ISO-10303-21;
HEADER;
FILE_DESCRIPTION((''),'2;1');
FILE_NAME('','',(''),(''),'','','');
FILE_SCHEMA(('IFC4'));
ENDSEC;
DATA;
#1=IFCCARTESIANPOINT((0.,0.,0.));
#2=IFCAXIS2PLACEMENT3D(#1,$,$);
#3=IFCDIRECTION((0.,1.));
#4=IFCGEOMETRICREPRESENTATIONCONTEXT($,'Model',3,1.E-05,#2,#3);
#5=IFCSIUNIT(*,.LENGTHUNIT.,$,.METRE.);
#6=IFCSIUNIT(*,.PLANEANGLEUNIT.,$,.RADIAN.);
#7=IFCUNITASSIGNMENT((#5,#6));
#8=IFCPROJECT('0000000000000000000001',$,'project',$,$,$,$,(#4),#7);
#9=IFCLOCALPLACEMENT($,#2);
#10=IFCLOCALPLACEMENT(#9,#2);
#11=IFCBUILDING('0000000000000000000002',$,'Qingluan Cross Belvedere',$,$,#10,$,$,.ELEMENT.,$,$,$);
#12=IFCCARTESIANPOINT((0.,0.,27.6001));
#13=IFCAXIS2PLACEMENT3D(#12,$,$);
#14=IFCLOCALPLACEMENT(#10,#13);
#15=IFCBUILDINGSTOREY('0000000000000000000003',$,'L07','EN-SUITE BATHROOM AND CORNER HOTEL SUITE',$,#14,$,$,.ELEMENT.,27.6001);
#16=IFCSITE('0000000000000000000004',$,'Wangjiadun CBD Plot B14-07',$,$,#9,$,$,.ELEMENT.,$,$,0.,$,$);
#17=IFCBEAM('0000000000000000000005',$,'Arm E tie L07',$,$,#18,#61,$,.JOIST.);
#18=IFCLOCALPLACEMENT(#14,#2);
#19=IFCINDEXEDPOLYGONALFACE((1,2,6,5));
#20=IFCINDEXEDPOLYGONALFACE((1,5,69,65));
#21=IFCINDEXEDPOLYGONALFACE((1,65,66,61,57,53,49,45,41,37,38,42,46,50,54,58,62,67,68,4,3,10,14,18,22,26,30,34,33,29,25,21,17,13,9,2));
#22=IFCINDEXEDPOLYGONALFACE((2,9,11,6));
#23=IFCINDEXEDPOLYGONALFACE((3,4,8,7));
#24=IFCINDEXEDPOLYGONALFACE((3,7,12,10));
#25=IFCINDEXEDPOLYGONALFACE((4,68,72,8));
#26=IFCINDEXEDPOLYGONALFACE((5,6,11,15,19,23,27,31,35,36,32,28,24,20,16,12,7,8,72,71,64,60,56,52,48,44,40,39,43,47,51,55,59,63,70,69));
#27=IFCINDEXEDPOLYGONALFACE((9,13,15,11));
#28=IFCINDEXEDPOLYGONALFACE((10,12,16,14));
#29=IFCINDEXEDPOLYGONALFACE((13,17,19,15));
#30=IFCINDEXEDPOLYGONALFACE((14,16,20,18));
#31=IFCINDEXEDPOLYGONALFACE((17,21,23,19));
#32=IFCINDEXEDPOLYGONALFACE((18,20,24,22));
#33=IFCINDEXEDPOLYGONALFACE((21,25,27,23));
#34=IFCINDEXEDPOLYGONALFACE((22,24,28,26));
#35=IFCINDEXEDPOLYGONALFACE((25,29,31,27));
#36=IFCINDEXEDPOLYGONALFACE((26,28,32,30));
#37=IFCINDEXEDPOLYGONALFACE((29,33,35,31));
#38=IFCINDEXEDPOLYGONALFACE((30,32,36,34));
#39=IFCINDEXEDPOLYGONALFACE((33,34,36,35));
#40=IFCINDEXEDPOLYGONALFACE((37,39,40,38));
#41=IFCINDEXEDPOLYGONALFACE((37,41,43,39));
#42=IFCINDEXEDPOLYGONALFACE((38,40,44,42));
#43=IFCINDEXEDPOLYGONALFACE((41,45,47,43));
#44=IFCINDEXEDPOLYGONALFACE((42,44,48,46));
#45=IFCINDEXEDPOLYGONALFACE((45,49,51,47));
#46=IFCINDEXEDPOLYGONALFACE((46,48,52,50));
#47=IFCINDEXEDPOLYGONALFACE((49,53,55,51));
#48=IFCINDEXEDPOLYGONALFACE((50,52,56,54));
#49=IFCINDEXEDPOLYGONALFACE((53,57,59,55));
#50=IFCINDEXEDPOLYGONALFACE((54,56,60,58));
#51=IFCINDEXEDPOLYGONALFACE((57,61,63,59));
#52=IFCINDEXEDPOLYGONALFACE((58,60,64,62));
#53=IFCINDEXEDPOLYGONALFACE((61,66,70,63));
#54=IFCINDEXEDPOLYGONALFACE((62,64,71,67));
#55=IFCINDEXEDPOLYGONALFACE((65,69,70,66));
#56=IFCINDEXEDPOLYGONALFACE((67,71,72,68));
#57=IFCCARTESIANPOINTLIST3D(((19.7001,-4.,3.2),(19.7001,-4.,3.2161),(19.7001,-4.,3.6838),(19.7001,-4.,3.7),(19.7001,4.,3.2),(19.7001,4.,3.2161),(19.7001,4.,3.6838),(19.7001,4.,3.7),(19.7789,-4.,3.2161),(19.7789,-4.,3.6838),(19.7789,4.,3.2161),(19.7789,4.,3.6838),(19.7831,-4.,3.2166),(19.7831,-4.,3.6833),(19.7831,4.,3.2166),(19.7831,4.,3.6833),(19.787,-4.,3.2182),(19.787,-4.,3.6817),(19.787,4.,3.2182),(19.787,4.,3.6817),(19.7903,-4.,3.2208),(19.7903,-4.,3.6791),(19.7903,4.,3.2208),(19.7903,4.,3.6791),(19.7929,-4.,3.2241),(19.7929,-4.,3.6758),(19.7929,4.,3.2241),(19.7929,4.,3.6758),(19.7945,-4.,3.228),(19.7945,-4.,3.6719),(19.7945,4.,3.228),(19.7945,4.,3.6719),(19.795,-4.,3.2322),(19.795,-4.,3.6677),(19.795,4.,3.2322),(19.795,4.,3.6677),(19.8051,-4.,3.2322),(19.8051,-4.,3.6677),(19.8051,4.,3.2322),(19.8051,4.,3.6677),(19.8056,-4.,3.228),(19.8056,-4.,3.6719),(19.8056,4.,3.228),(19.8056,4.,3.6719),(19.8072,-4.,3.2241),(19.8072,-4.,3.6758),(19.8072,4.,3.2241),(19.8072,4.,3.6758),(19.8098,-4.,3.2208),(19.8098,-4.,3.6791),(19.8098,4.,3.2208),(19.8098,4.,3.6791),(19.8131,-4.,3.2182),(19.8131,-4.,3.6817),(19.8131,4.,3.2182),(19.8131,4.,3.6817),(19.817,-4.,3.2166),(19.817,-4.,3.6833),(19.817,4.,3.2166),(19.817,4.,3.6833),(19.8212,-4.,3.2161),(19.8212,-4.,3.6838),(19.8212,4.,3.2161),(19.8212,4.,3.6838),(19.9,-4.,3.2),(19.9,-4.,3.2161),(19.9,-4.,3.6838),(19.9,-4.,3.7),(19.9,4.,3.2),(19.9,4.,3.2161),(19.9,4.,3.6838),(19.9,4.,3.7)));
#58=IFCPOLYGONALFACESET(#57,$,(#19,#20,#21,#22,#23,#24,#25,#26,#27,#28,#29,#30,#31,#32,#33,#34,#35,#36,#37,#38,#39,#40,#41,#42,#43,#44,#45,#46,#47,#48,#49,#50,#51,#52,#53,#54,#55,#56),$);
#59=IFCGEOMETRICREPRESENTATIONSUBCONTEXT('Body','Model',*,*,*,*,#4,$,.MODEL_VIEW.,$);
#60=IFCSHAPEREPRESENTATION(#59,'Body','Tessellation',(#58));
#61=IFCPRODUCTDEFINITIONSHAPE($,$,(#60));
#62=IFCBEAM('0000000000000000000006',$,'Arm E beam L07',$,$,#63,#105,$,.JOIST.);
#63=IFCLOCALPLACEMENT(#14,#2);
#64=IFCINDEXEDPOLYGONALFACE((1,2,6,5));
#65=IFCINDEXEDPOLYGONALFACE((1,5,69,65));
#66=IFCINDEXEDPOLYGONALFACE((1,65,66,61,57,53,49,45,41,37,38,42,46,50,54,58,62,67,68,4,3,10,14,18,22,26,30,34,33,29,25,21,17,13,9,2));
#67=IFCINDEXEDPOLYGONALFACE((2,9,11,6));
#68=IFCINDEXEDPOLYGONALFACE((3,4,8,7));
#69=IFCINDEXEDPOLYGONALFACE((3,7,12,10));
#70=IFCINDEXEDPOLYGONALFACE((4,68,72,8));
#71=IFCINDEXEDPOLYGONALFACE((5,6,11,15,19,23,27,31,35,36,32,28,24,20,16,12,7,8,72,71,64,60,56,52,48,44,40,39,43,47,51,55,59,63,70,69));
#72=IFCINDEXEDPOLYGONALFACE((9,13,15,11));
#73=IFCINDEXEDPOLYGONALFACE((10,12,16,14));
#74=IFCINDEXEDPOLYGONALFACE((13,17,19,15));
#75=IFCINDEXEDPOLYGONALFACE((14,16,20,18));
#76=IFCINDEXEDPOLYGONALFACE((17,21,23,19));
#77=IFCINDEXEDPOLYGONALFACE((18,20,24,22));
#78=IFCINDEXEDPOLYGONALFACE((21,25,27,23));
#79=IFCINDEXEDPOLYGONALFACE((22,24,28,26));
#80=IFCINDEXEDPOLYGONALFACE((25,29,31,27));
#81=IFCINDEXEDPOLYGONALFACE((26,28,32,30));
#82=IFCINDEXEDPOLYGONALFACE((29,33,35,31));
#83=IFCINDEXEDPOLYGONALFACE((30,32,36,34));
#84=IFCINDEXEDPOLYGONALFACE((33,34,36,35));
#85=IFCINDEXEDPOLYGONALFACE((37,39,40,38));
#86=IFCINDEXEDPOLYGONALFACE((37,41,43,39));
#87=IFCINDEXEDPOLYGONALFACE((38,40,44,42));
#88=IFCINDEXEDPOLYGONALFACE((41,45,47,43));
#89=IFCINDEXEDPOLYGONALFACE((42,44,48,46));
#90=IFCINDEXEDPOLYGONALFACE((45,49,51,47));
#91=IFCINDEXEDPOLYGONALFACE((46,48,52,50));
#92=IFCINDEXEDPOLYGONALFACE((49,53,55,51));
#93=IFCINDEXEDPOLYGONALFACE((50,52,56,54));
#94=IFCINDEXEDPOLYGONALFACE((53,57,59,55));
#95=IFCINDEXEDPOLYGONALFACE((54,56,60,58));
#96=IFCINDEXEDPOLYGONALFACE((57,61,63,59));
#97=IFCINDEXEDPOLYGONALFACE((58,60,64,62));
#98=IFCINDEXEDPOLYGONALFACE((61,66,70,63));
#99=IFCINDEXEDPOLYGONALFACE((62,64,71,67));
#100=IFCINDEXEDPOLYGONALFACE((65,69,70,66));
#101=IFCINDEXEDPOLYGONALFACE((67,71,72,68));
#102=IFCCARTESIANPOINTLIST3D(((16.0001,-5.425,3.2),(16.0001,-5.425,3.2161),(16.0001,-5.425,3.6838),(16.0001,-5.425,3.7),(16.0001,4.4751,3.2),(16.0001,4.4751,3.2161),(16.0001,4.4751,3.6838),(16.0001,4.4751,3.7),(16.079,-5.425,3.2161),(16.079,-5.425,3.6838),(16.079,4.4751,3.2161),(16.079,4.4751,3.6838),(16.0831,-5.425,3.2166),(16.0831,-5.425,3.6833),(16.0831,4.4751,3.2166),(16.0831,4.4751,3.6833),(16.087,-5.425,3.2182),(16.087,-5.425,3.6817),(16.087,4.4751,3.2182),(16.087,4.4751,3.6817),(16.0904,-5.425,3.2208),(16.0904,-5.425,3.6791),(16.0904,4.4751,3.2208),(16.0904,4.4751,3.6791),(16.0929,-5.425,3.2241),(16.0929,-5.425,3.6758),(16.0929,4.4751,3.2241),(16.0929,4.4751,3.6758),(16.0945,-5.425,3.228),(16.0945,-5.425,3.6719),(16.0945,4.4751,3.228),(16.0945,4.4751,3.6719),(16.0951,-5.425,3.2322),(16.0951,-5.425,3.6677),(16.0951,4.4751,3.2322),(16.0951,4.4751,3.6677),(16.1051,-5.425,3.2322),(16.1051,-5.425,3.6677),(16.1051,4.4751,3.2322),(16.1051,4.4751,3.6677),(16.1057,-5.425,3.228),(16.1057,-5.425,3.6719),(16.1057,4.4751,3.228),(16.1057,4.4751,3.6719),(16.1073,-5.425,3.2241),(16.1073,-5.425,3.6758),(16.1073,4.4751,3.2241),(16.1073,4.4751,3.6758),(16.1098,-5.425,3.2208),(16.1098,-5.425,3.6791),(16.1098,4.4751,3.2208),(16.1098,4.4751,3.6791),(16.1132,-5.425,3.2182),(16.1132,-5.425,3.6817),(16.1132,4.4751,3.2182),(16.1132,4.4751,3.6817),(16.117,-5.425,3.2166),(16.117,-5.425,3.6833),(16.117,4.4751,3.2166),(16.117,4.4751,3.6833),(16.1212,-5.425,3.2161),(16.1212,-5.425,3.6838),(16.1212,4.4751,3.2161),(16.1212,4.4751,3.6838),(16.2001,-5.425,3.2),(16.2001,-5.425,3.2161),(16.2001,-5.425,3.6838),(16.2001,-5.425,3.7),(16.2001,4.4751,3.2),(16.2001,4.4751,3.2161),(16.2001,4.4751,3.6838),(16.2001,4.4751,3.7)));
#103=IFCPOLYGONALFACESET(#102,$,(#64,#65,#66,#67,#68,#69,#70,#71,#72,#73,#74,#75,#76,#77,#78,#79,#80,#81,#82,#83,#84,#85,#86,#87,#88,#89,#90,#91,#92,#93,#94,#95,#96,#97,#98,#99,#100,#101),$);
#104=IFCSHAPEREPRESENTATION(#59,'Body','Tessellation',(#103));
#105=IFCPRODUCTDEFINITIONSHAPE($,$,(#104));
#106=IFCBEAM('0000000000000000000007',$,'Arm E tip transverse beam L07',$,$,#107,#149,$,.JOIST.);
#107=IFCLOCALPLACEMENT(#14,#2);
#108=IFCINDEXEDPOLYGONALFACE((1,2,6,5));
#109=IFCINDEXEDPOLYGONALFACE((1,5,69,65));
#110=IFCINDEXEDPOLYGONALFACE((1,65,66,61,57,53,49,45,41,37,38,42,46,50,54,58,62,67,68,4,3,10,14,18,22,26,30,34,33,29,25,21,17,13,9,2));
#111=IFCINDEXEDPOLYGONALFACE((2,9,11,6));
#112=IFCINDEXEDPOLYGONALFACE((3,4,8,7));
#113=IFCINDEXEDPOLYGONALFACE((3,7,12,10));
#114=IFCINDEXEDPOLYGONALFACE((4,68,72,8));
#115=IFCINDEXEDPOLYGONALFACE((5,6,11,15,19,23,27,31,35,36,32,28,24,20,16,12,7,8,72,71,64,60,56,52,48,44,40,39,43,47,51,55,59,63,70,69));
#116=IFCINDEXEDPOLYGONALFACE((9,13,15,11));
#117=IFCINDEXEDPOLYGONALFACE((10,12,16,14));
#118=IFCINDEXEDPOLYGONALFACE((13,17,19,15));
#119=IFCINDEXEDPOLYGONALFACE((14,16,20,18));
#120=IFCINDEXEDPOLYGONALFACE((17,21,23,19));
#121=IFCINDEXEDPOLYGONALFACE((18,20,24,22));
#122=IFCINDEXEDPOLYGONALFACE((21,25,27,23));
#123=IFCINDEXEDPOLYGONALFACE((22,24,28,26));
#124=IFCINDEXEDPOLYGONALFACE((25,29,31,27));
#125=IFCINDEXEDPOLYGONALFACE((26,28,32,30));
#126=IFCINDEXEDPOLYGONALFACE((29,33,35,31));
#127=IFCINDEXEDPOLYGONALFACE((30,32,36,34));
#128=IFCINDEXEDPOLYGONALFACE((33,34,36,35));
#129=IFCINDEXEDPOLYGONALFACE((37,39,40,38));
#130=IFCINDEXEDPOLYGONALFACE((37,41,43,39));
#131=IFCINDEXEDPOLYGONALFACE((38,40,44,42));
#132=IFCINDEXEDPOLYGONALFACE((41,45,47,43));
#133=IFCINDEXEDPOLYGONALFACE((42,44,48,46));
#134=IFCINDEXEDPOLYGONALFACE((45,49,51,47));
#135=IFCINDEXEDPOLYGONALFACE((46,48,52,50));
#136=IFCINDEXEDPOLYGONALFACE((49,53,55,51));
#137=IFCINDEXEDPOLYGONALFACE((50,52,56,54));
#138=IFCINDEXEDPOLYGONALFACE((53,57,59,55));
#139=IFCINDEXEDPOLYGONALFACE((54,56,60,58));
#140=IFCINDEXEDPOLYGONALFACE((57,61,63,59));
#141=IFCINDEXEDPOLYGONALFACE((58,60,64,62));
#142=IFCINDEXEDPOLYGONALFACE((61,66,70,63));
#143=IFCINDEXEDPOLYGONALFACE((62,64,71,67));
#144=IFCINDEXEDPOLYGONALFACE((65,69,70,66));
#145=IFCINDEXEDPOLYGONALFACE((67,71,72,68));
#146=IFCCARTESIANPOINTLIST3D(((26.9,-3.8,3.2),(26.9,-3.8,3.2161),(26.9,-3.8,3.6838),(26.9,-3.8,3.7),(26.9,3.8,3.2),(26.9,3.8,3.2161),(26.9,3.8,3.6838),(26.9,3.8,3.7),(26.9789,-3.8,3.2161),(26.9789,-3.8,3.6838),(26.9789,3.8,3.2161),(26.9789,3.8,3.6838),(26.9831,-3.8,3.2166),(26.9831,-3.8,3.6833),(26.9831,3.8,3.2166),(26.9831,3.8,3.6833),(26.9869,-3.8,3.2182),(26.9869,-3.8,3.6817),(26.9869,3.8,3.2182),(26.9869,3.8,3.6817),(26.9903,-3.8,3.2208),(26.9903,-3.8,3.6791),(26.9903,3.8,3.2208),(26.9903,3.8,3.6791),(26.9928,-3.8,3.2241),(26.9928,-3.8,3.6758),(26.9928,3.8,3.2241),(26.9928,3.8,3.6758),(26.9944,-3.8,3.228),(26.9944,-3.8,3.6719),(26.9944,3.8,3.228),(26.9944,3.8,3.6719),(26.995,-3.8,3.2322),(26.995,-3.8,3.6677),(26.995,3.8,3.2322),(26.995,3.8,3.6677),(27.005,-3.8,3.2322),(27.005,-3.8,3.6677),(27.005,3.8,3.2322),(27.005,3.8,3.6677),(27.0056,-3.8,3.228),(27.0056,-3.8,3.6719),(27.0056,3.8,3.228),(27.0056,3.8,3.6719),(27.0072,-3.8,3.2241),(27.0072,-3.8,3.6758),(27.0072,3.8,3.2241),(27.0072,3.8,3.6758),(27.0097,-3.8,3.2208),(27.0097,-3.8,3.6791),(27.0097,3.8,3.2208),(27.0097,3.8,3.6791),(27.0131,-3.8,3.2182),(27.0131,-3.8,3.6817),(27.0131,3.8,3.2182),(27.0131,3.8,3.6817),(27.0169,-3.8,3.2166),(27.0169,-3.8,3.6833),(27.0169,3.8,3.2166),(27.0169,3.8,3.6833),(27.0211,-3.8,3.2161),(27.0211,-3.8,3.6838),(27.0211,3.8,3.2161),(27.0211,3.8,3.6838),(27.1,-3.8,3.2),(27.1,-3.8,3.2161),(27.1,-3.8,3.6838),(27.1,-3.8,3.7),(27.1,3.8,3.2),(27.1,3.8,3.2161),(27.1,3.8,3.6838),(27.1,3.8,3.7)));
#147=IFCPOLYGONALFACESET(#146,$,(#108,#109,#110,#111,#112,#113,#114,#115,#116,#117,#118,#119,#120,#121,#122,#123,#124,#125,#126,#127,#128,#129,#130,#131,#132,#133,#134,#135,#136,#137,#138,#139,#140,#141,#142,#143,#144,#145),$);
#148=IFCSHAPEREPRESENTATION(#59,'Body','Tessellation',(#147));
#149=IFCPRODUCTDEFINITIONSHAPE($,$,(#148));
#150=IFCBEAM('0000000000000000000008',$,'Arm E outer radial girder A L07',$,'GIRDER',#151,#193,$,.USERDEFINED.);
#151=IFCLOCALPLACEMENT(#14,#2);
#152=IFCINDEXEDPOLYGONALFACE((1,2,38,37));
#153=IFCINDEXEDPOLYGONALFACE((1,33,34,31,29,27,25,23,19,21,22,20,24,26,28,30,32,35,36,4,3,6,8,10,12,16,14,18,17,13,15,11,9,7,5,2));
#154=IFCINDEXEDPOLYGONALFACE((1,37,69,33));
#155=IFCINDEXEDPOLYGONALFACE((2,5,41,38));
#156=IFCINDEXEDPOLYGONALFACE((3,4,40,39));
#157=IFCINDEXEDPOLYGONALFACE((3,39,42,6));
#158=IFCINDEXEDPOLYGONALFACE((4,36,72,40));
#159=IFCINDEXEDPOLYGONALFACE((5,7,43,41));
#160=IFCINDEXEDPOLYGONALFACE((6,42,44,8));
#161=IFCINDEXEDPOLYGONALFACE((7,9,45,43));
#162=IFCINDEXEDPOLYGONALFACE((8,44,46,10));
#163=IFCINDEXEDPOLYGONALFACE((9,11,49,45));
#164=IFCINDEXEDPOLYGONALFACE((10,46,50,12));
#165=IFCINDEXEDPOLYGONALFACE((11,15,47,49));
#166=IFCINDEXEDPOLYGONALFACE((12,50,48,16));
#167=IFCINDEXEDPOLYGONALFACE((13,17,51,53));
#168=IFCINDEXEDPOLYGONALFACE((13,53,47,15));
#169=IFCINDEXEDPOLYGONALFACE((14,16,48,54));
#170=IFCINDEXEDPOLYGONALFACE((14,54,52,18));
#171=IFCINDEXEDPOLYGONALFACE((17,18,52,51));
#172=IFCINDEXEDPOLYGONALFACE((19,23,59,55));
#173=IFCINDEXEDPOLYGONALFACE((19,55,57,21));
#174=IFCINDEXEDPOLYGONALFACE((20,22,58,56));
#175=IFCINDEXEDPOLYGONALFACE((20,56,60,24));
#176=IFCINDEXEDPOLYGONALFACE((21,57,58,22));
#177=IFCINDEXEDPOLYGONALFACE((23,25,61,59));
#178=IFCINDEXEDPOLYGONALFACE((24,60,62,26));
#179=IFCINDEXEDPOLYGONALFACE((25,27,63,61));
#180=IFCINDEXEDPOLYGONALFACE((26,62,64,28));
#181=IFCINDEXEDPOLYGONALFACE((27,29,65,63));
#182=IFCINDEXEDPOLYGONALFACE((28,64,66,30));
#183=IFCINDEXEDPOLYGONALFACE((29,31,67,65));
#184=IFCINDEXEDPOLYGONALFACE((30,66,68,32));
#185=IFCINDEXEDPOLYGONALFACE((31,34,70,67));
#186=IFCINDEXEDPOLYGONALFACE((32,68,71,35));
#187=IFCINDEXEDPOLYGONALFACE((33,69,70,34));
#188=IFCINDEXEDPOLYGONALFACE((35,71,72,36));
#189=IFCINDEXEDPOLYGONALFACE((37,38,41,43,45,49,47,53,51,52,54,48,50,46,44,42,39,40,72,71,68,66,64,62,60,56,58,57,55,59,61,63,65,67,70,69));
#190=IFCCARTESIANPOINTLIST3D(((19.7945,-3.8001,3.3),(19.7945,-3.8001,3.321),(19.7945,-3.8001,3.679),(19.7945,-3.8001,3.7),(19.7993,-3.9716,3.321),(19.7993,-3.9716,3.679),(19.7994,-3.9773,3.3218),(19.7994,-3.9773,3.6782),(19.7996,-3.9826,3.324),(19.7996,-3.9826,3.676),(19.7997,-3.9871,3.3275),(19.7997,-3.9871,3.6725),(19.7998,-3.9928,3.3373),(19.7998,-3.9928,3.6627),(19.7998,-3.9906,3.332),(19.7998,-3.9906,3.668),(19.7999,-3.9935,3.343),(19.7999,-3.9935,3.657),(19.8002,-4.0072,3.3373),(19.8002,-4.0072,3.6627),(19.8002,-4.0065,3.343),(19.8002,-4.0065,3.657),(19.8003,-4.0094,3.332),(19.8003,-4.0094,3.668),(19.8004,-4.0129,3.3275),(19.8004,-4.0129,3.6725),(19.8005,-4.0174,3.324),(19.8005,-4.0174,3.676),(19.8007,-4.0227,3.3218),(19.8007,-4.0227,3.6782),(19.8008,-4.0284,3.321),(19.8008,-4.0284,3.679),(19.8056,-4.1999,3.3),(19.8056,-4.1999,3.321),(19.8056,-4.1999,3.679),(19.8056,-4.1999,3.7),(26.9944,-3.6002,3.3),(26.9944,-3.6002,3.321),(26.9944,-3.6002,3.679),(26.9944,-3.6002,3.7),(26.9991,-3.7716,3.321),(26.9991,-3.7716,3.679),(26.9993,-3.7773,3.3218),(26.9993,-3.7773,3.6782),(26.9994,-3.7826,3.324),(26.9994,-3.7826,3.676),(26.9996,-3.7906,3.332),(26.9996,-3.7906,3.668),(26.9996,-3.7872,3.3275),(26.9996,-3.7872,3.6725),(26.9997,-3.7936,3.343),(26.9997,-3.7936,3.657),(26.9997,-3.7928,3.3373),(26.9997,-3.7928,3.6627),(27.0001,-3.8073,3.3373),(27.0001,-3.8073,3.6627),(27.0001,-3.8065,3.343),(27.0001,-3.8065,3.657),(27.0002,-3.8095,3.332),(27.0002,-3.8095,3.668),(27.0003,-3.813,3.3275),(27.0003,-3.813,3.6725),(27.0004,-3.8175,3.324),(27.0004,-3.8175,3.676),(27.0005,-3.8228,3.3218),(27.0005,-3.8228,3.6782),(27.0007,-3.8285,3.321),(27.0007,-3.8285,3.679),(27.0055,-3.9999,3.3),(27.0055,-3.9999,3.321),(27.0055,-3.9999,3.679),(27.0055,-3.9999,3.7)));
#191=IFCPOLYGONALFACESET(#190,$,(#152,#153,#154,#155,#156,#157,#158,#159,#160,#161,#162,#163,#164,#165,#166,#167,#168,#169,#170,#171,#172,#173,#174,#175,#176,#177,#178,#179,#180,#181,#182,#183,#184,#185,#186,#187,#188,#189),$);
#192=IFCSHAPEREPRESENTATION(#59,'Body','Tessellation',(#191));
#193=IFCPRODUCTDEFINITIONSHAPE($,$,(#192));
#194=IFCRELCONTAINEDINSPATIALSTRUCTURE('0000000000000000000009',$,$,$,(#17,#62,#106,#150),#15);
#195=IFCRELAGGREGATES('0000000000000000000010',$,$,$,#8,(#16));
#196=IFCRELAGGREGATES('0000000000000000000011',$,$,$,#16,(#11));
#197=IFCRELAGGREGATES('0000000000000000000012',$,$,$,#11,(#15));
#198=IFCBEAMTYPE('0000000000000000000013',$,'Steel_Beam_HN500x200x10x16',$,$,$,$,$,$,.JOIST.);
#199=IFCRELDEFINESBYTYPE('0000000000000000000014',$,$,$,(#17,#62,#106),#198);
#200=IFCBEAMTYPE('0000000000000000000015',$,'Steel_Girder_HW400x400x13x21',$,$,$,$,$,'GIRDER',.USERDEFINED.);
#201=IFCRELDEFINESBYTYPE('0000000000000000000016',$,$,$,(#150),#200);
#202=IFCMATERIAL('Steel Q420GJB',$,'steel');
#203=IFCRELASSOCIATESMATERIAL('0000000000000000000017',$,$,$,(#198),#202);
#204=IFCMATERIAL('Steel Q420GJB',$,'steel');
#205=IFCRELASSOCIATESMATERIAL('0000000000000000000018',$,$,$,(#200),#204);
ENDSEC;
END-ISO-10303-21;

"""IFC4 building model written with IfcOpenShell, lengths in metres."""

from ifc_helpers import new_model, si_unit, direction, frame, origin, origin_2d, place, context, subcontext, project, spatial, i_section, extrude, material, material_profile, profile_set, type_object, element, save


model = new_model("IFC4")

# Units and contexts
model_context = context("Model", 3, precision=1e-05, world=origin(), true_north=direction((0.0, 1.0)))
body_context = subcontext(model_context, "Body", "Model", "MODEL_VIEW")
ifc_project = project(units=[si_unit("LENGTHUNIT", "METRE"), si_unit("PLANEANGLEUNIT", "RADIAN")], contexts=[model_context])

# Site, building, storey
site_placement = place(None, origin())
site = spatial("IfcSite", under=ifc_project, at=site_placement, Name="Wangjiadun CBD Plot B14-07", CompositionType="ELEMENT", RefElevation=0.0)
building_placement = place(site_placement, origin())
building = spatial("IfcBuilding", under=site, at=building_placement, Name="Qingluan Cross Belvedere", CompositionType="ELEMENT")
storey_placement = place(building_placement, frame((0.0, 0.0, 27.6001)))
storey = spatial("IfcBuildingStorey", under=building, at=storey_placement, Name="L07", Description="EN-SUITE BATHROOM AND CORNER HOTEL SUITE", CompositionType="ELEMENT", Elevation=27.6001)

# Beams
ifc_material_1 = material(Name="Steel Q420GJB", Category="steel")
ifc_material_profile_1 = material_profile(ifc_material_1, i_section(OverallWidth=0.2, OverallDepth=0.5, WebThickness=0.01, FlangeThickness=0.0161, FilletRadius=0.0161, at=origin_2d()), Name="HN500x200x10x16")
ifc_profile_set_1 = profile_set([ifc_material_profile_1], Name="Steel Q420GJB")
beam_type_1 = type_object("IfcBeamType", Name="Steel_Beam_HN500x200x10x16", PredefinedType="JOIST", material=ifc_profile_set_1)
beam_1_placement = place(storey_placement, frame((19.8, -4.0, 3.45), z_axis=(0.0, 1.0, 0.0), x_axis=(-1.0, 0.0, 0.0)))
element("IfcBeam", 1, at=beam_1_placement, inside=storey, type_object=beam_type_1, Name="Arm E tie L07", PredefinedType="JOIST", context=body_context, shape_type="SweptSolid", body=[
    extrude(i_section(OverallWidth=0.2, OverallDepth=0.5, WebThickness=0.01, FlangeThickness=0.0161, FilletRadius=0.0161, at=origin_2d()), origin(), (0.0, 0.0, 1.0), 8.0),
])
beam_2_placement = place(storey_placement, frame((16.1001, -5.425, 3.45), z_axis=(0.0, 1.0, 0.0), x_axis=(-1.0, 0.0, 0.0)))
element("IfcBeam", 2, at=beam_2_placement, inside=storey, type_object=beam_type_1, Name="Arm E beam L07", PredefinedType="JOIST", context=body_context, shape_type="SweptSolid", body=[
    extrude(i_section(OverallWidth=0.2, OverallDepth=0.5, WebThickness=0.01, FlangeThickness=0.0161, FilletRadius=0.0161, at=origin_2d()), origin(), (0.0, 0.0, 1.0), 9.9001),
])
beam_3_placement = place(storey_placement, frame((27.0, -3.8, 3.45), z_axis=(0.0, 1.0, 0.0), x_axis=(-1.0, 0.0, 0.0)))
element("IfcBeam", 3, at=beam_3_placement, inside=storey, type_object=beam_type_1, Name="Arm E tip transverse beam L07", PredefinedType="JOIST", context=body_context, shape_type="SweptSolid", body=[
    extrude(i_section(OverallWidth=0.2, OverallDepth=0.5, WebThickness=0.01, FlangeThickness=0.0161, FilletRadius=0.0161, at=origin_2d()), origin(), (0.0, 0.0, 1.0), 7.6001),
])
ifc_material_2 = material(Name="Steel Q420GJB", Category="steel")
ifc_material_profile_2 = material_profile(ifc_material_2, i_section(OverallWidth=0.3999, OverallDepth=0.3999, WebThickness=0.0129, FlangeThickness=0.021, FilletRadius=0.022, at=origin_2d()), Name="HW400x400x13x21")
ifc_profile_set_2 = profile_set([ifc_material_profile_2], Name="Steel Q420GJB")
beam_type_2 = type_object("IfcBeamType", Name="Steel_Girder_HW400x400x13x21", ElementType="GIRDER", PredefinedType="USERDEFINED", material=ifc_profile_set_2)
beam_4_placement = place(storey_placement, frame((19.8, -4.0, 3.5), z_axis=(0.999615, 0.02776, 0.0), x_axis=(-0.02776, 0.999615, 0.0)))
element("IfcBeam", 4, at=beam_4_placement, inside=storey, type_object=beam_type_2, Name="Arm E outer radial girder A L07", ObjectType="GIRDER", PredefinedType="USERDEFINED", context=body_context, shape_type="SweptSolid", body=[
    extrude(i_section(OverallWidth=0.3999, OverallDepth=0.3999, WebThickness=0.0129, FlangeThickness=0.021, FilletRadius=0.022, at=origin_2d()), origin(), (0.0, 0.0, 1.0), 7.2026),
])

save(model, "model.ifc")
